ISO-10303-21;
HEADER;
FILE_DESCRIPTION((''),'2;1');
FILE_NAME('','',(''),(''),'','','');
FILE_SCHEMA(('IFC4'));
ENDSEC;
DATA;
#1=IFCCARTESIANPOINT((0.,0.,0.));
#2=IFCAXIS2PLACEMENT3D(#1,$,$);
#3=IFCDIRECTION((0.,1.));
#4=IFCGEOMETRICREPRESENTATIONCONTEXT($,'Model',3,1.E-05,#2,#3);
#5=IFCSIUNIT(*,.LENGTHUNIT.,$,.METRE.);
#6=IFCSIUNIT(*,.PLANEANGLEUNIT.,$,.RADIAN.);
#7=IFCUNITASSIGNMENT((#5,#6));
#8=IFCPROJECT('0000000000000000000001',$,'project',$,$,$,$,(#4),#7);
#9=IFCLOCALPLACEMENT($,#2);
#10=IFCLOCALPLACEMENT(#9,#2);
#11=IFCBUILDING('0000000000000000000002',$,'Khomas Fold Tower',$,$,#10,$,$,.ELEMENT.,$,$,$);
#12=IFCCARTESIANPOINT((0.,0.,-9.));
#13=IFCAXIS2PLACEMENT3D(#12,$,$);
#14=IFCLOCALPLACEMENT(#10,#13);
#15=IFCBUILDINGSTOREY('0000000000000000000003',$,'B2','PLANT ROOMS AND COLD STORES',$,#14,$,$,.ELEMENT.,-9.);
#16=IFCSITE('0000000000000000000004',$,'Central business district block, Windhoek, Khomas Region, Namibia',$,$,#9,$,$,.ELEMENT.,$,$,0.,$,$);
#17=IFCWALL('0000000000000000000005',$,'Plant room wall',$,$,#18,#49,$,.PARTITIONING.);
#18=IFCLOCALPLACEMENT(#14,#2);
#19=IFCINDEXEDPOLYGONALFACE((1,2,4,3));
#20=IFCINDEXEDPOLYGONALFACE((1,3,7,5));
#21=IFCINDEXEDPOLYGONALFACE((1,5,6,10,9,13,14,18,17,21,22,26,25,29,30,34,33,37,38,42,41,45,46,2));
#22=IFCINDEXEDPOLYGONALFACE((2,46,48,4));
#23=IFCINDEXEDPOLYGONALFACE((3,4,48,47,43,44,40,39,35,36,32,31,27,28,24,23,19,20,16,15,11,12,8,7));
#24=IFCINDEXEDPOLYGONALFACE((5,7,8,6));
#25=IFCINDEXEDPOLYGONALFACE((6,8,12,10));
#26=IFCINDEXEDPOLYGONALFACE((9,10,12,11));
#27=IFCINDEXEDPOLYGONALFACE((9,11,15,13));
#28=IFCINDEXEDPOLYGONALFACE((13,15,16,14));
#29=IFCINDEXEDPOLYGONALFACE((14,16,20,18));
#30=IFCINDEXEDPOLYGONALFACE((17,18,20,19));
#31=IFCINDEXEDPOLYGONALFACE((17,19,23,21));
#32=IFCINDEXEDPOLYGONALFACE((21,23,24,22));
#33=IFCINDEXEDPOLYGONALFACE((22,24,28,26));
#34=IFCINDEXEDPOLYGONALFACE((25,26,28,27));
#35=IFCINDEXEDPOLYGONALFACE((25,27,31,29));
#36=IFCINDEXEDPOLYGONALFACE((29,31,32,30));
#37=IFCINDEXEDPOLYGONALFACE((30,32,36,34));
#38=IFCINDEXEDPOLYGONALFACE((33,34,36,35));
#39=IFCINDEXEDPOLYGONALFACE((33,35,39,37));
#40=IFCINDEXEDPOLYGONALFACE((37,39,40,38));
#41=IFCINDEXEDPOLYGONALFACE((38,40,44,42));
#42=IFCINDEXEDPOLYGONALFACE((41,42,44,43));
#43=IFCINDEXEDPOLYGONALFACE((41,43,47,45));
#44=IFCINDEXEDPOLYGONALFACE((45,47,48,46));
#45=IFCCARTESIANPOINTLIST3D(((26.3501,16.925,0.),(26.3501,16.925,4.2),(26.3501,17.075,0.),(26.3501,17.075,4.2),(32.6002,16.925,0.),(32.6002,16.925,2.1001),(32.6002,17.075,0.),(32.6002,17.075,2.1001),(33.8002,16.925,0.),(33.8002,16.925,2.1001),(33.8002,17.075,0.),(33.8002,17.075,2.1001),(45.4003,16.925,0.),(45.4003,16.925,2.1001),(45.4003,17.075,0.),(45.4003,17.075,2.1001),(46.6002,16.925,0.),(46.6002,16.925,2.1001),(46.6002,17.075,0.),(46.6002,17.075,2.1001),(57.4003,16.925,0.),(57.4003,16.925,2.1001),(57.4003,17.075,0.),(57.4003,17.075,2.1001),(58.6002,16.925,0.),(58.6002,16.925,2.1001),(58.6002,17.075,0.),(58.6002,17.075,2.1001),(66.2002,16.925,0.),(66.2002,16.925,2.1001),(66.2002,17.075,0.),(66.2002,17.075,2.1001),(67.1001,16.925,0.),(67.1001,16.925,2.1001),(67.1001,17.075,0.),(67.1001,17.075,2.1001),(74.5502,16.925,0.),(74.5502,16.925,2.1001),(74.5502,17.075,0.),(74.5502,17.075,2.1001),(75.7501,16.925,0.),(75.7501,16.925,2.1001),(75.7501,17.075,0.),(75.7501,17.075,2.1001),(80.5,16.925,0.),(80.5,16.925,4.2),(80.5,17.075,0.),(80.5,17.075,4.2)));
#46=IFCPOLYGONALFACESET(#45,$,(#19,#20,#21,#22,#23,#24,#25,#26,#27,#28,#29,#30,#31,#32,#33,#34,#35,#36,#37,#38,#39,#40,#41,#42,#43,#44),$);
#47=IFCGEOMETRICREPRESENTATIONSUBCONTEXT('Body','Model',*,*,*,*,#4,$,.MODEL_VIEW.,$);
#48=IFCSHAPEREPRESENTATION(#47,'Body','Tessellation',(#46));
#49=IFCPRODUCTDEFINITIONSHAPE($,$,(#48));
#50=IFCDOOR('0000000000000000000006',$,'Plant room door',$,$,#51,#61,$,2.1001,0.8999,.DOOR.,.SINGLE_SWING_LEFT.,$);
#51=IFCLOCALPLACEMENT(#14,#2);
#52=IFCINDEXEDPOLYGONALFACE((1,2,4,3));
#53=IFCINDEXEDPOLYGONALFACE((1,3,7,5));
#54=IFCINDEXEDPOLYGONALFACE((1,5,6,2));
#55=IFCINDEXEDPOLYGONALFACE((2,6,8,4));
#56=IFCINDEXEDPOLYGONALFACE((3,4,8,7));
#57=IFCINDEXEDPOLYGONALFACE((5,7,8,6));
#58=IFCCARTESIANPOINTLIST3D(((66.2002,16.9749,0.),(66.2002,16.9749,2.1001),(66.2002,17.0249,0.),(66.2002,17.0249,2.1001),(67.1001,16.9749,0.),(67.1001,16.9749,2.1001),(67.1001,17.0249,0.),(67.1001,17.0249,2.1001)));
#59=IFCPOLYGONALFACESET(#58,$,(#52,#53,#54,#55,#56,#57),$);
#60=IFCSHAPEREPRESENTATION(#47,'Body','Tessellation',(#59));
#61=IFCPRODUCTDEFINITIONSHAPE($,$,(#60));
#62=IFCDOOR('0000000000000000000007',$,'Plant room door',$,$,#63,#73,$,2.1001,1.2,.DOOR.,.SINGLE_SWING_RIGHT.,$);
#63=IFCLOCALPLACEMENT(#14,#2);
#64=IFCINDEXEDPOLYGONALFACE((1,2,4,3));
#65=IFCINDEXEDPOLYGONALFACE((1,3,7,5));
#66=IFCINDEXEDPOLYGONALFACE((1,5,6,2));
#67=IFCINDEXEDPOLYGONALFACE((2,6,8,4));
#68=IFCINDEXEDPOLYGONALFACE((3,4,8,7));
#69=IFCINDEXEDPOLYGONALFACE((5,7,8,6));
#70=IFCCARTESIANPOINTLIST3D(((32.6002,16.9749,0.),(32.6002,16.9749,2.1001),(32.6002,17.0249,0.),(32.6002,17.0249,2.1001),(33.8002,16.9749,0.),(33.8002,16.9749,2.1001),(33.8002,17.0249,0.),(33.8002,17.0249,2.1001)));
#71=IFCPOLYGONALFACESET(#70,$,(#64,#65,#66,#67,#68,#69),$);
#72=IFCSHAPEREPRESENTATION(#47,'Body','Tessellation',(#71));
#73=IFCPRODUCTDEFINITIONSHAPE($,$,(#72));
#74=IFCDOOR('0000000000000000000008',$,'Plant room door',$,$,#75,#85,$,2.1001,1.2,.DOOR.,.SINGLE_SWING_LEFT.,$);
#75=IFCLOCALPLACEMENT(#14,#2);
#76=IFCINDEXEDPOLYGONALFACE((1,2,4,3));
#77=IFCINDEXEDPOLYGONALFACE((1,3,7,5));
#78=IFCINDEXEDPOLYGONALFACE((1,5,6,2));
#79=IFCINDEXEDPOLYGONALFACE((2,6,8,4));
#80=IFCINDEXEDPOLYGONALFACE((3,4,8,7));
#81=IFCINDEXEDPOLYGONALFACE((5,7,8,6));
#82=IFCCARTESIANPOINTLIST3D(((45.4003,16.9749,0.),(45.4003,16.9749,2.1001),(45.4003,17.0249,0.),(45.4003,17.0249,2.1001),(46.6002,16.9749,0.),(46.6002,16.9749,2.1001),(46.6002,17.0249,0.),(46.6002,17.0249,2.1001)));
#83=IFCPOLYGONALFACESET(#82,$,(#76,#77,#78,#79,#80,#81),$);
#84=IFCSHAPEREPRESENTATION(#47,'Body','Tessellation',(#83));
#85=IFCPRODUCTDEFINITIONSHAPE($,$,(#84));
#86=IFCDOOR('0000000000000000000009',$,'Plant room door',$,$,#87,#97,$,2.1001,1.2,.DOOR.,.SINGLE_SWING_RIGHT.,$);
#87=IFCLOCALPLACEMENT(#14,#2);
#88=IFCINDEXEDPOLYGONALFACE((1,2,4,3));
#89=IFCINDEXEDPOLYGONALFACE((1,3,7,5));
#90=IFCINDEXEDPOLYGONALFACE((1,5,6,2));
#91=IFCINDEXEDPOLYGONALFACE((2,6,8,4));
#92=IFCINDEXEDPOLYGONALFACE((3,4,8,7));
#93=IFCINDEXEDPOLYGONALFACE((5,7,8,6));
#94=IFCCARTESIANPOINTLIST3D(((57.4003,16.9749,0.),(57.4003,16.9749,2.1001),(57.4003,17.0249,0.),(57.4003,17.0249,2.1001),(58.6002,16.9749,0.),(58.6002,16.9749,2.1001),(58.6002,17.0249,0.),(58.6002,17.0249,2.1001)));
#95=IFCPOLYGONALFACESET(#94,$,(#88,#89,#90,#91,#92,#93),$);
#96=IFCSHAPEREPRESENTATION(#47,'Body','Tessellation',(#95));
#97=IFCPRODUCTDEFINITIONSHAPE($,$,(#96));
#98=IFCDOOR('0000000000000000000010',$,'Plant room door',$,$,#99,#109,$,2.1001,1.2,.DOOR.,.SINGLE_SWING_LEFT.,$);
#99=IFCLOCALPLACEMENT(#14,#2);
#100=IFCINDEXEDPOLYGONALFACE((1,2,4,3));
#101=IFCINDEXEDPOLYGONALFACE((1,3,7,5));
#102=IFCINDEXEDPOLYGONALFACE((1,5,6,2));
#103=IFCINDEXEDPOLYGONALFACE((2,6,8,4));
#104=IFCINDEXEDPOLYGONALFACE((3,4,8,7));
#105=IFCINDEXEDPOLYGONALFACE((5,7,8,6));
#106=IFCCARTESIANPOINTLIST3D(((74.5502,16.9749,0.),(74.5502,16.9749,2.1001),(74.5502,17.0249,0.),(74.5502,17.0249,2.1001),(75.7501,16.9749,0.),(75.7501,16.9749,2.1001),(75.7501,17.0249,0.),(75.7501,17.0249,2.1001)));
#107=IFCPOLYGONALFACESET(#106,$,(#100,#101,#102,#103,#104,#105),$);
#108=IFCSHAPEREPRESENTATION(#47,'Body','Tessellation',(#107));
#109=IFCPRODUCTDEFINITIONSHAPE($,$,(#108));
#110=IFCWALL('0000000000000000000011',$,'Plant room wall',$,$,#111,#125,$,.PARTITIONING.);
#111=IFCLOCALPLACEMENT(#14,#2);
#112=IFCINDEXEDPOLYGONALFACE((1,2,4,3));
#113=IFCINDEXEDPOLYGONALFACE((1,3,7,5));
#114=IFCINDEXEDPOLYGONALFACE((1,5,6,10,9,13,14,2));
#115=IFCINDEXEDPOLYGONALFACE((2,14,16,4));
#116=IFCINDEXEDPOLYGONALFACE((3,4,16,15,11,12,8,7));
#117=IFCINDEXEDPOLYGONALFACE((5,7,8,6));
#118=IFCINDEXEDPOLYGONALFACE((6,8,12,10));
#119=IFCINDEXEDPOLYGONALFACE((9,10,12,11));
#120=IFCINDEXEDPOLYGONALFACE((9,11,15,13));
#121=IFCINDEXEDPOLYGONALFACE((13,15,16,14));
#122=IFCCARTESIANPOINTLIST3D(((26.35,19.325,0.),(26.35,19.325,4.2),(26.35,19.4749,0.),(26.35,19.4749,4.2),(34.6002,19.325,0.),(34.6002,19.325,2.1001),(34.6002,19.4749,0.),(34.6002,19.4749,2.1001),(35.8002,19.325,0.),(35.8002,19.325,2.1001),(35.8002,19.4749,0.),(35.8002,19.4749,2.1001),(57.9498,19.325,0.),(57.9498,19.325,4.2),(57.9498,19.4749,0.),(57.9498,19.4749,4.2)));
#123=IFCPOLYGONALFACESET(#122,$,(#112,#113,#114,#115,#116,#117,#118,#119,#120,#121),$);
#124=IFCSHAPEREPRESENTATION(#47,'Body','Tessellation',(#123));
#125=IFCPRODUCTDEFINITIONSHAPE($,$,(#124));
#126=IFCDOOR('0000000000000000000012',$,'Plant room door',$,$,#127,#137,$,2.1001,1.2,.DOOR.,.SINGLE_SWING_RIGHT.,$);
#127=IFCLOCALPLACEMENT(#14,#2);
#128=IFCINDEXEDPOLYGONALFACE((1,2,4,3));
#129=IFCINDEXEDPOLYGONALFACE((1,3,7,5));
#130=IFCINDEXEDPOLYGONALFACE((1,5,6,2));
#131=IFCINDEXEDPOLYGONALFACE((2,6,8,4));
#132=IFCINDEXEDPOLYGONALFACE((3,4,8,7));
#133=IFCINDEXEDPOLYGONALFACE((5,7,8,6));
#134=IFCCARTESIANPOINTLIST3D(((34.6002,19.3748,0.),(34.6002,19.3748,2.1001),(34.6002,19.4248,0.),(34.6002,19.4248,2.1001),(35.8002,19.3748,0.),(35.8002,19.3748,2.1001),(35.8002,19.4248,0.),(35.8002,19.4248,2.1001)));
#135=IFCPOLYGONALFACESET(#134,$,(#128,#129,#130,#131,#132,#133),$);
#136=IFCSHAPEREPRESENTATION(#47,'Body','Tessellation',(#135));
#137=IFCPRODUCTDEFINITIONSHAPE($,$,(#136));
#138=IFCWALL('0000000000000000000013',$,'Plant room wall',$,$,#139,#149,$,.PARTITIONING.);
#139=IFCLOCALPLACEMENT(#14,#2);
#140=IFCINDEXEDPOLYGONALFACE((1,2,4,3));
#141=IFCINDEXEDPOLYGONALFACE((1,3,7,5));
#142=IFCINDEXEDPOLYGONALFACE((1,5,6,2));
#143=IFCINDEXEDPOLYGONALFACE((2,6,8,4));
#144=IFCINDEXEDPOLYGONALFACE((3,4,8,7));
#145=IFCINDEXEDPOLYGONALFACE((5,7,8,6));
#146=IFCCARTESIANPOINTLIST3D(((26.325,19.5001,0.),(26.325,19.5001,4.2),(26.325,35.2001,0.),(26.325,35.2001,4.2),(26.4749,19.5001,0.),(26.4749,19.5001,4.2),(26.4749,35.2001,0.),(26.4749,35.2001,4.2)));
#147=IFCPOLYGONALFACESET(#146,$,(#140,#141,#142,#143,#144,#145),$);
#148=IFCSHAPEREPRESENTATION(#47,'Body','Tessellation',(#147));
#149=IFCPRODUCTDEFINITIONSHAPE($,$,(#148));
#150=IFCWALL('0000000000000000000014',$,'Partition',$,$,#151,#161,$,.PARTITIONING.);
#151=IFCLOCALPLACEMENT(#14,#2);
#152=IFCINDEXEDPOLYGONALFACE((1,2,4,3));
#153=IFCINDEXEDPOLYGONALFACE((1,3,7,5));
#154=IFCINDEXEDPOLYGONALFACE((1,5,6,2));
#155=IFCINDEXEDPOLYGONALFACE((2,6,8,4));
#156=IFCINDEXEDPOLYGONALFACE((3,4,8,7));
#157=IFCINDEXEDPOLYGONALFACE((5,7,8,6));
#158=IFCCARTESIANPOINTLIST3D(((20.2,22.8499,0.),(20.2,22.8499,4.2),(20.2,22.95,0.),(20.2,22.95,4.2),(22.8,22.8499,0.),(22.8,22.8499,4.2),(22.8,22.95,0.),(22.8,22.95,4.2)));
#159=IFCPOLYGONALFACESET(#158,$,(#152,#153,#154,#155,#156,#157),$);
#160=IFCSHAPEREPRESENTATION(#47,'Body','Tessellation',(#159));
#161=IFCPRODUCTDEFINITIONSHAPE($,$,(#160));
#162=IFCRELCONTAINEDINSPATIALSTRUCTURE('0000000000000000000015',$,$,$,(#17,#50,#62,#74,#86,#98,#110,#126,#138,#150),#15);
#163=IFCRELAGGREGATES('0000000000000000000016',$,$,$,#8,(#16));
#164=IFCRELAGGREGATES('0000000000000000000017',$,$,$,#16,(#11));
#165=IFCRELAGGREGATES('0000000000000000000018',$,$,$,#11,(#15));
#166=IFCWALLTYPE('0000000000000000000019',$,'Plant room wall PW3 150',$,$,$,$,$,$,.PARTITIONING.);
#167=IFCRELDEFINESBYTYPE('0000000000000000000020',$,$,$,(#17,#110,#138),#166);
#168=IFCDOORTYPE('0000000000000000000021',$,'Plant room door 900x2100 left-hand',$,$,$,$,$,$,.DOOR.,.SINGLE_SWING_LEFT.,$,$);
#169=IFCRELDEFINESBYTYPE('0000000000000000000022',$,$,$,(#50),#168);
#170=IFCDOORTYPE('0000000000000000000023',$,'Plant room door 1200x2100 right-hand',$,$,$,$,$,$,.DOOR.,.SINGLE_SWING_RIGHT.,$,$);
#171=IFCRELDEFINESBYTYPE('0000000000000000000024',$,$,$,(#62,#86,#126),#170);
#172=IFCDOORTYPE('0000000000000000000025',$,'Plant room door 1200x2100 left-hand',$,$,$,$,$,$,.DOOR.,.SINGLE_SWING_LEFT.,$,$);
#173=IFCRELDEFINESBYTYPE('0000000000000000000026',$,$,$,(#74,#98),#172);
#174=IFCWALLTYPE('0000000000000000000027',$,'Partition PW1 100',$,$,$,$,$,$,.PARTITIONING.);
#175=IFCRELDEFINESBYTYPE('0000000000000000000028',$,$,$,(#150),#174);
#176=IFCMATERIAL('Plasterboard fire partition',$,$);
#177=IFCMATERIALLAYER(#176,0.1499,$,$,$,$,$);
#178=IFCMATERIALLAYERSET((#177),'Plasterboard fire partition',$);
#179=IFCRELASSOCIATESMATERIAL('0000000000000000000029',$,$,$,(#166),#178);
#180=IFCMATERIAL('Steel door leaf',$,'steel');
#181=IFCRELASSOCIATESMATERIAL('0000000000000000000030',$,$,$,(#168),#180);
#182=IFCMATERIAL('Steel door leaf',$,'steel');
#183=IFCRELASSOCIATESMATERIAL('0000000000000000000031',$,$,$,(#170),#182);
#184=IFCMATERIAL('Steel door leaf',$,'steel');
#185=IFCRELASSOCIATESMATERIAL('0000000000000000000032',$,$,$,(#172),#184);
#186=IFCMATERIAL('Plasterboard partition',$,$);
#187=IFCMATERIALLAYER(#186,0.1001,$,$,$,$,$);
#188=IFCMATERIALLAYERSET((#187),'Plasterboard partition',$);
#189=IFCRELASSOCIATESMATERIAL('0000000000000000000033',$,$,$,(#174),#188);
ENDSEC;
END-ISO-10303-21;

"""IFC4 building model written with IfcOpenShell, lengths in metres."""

from ifc_helpers import new_model, si_unit, direction, frame, frame_2d, origin, place, context, subcontext, project, spatial, rectangle, extrude, source, transform, mapped, material, layer, layer_set, type_object, element, fill, save


model = new_model("IFC4")

# Units and contexts
model_context = context("Model", 3, precision=1e-05, world=origin(), true_north=direction((0.0, 1.0)))
body_context = subcontext(model_context, "Body", "Model", "MODEL_VIEW")
ifc_project = project(units=[si_unit("LENGTHUNIT", "METRE"), si_unit("PLANEANGLEUNIT", "RADIAN")], contexts=[model_context])

# Site, building, storey
site_placement = place(None, origin())
site = spatial("IfcSite", under=ifc_project, at=site_placement, Name="Central business district block, Windhoek, Khomas Region, Namibia", CompositionType="ELEMENT", RefElevation=0.0)
building_placement = place(site_placement, origin())
building = spatial("IfcBuilding", under=site, at=building_placement, Name="Khomas Fold Tower", CompositionType="ELEMENT")
storey_placement = place(building_placement, frame((0.0, 0.0, -9.0)))
storey = spatial("IfcBuildingStorey", under=building, at=storey_placement, Name="B2", Description="PLANT ROOMS AND COLD STORES", CompositionType="ELEMENT", Elevation=-9.0)

# Wall, openings, doors
ifc_material_1 = material(Name="Plasterboard fire partition")
ifc_layer_1 = layer(ifc_material_1, 0.1499)
ifc_layer_set_1 = layer_set([ifc_layer_1], Name="Plasterboard fire partition")
wall_type_1 = type_object("IfcWallType", Name="Plant room wall PW3 150", PredefinedType="PARTITIONING", material=ifc_layer_set_1)
shared_shape_1 = source(origin(), body_context, "Body", "SweptSolid", [
    extrude(rectangle(XDim=54.1499, YDim=0.1499, at=frame_2d((27.075, 0.0))), origin(), (0.0, 0.0, 1.0), 4.2),
])
wall_1_placement = place(storey_placement, frame((26.3501, 17.0, 0.0), z_axis=(0.0, 0.0, 1.0), x_axis=(1.0, 0.0, 0.0)))
wall_1 = element("IfcWall", 1, at=wall_1_placement, inside=storey, type_object=wall_type_1, Name="Plant room wall", PredefinedType="PARTITIONING", context=body_context, shape_type="MappedRepresentation", body=[
    mapped(shared_shape_1, transform((0.0, 0.0, 0.0))),
])
shared_shape_2 = source(origin(), body_context, "Body", "SweptSolid", [
    extrude(rectangle(XDim=1.2, YDim=2.1001, at=frame_2d((0.6001, 1.05))), frame((0.0, 0.085, 0.0), z_axis=(0.0, -1.0, 0.0), x_axis=(1.0, 0.0, 0.0)), (0.0, 0.0, 1.0), 0.1699),
])
opening_1_placement = place(wall_1_placement, frame((6.25, 0.0, 0.0)))
opening_1 = element("IfcOpeningElement", 2, at=opening_1_placement, cuts=wall_1, PredefinedType="OPENING", context=body_context, shape_type="MappedRepresentation", body=[
    mapped(shared_shape_2, transform((0.0, 0.0, 0.0))),
])
opening_2_placement = place(wall_1_placement, frame((19.05, 0.0, 0.0)))
opening_2 = element("IfcOpeningElement", 3, at=opening_2_placement, cuts=wall_1, PredefinedType="OPENING", context=body_context, shape_type="MappedRepresentation", body=[
    mapped(shared_shape_2, transform((0.0, 0.0, 0.0))),
])
opening_3_placement = place(wall_1_placement, frame((31.05, 0.0, 0.0)))
opening_3 = element("IfcOpeningElement", 4, at=opening_3_placement, cuts=wall_1, PredefinedType="OPENING", context=body_context, shape_type="MappedRepresentation", body=[
    mapped(shared_shape_2, transform((0.0, 0.0, 0.0))),
])
shared_shape_3 = source(origin(), body_context, "Body", "SweptSolid", [
    extrude(rectangle(XDim=0.8999, YDim=2.1001, at=frame_2d((0.45, 1.05))), frame((0.0, 0.085, 0.0), z_axis=(0.0, -1.0, 0.0), x_axis=(1.0, 0.0, 0.0)), (0.0, 0.0, 1.0), 0.1699),
])
opening_4_placement = place(wall_1_placement, frame((39.8501, 0.0, 0.0)))
opening_4 = element("IfcOpeningElement", 5, at=opening_4_placement, cuts=wall_1, PredefinedType="OPENING", context=body_context, shape_type="MappedRepresentation", body=[
    mapped(shared_shape_3, transform((0.0, 0.0, 0.0))),
])
opening_5_placement = place(wall_1_placement, frame((48.2, 0.0, 0.0)))
opening_5 = element("IfcOpeningElement", 6, at=opening_5_placement, cuts=wall_1, PredefinedType="OPENING", context=body_context, shape_type="MappedRepresentation", body=[
    mapped(shared_shape_2, transform((0.0, 0.0, 0.0))),
])
ifc_material_2 = material(Name="Steel door leaf", Category="steel")
door_type_1 = type_object("IfcDoorType", Name="Plant room door 900x2100 left-hand", OperationType="SINGLE_SWING_LEFT", PredefinedType="DOOR", material=ifc_material_2)
shared_shape_4 = source(origin(), body_context, "Body", "SweptSolid", [
    extrude(rectangle(XDim=0.8999, YDim=2.1001, at=frame_2d((0.45, 1.05))), frame((0.0, 0.0249, 0.0), z_axis=(0.0, -1.0, 0.0), x_axis=(1.0, 0.0, 0.0)), (0.0, 0.0, 1.0), 0.05),
])
door_1_placement = place(opening_4_placement, origin())
door_1 = element("IfcDoor", 7, at=door_1_placement, inside=storey, type_object=door_type_1, Name="Plant room door", OperationType="SINGLE_SWING_LEFT", OverallHeight=2.1001, OverallWidth=0.8999, PredefinedType="DOOR", context=body_context, shape_type="MappedRepresentation", body=[
    mapped(shared_shape_4, transform((0.0, 0.0, 0.0))),
])
fill(opening_4, door_1)
ifc_material_3 = material(Name="Steel door leaf", Category="steel")
door_type_2 = type_object("IfcDoorType", Name="Plant room door 1200x2100 right-hand", OperationType="SINGLE_SWING_RIGHT", PredefinedType="DOOR", material=ifc_material_3)
shared_shape_5 = source(origin(), body_context, "Body", "SweptSolid", [
    extrude(rectangle(XDim=1.2, YDim=2.1001, at=frame_2d((0.6001, 1.05))), frame((0.0, 0.0249, 0.0), z_axis=(0.0, -1.0, 0.0), x_axis=(1.0, 0.0, 0.0)), (0.0, 0.0, 1.0), 0.05),
])
door_2_placement = place(opening_1_placement, origin())
door_2 = element("IfcDoor", 8, at=door_2_placement, inside=storey, type_object=door_type_2, Name="Plant room door", OperationType="SINGLE_SWING_RIGHT", OverallHeight=2.1001, OverallWidth=1.2, PredefinedType="DOOR", context=body_context, shape_type="MappedRepresentation", body=[
    mapped(shared_shape_5, transform((0.0, 0.0, 0.0))),
])
fill(opening_1, door_2)
ifc_material_4 = material(Name="Steel door leaf", Category="steel")
door_type_3 = type_object("IfcDoorType", Name="Plant room door 1200x2100 left-hand", OperationType="SINGLE_SWING_LEFT", PredefinedType="DOOR", material=ifc_material_4)
door_3_placement = place(opening_2_placement, origin())
door_3 = element("IfcDoor", 9, at=door_3_placement, inside=storey, type_object=door_type_3, Name="Plant room door", OperationType="SINGLE_SWING_LEFT", OverallHeight=2.1001, OverallWidth=1.2, PredefinedType="DOOR", context=body_context, shape_type="MappedRepresentation", body=[
    mapped(shared_shape_5, transform((0.0, 0.0, 0.0))),
])
fill(opening_2, door_3)
door_4_placement = place(opening_3_placement, origin())
door_4 = element("IfcDoor", 10, at=door_4_placement, inside=storey, type_object=door_type_2, Name="Plant room door", OperationType="SINGLE_SWING_RIGHT", OverallHeight=2.1001, OverallWidth=1.2, PredefinedType="DOOR", context=body_context, shape_type="MappedRepresentation", body=[
    mapped(shared_shape_5, transform((0.0, 0.0, 0.0))),
])
fill(opening_3, door_4)
door_5_placement = place(opening_5_placement, origin())
door_5 = element("IfcDoor", 11, at=door_5_placement, inside=storey, type_object=door_type_3, Name="Plant room door", OperationType="SINGLE_SWING_LEFT", OverallHeight=2.1001, OverallWidth=1.2, PredefinedType="DOOR", context=body_context, shape_type="MappedRepresentation", body=[
    mapped(shared_shape_5, transform((0.0, 0.0, 0.0))),
])
fill(opening_5, door_5)

# Wall, opening, door
shared_shape_6 = source(origin(), body_context, "Body", "SweptSolid", [
    extrude(rectangle(XDim=31.5999, YDim=0.1499, at=frame_2d((15.7998, 0.0))), origin(), (0.0, 0.0, 1.0), 4.2),
])
wall_2_placement = place(storey_placement, frame((26.3501, 19.3999, 0.0), z_axis=(0.0, 0.0, 1.0), x_axis=(1.0, 0.0, 0.0)))
wall_2 = element("IfcWall", 12, at=wall_2_placement, inside=storey, type_object=wall_type_1, Name="Plant room wall", PredefinedType="PARTITIONING", context=body_context, shape_type="MappedRepresentation", body=[
    mapped(shared_shape_6, transform((0.0, 0.0, 0.0))),
])
opening_6_placement = place(wall_2_placement, frame((8.25, 0.0, 0.0)))
opening_6 = element("IfcOpeningElement", 13, at=opening_6_placement, cuts=wall_2, PredefinedType="OPENING", context=body_context, shape_type="MappedRepresentation", body=[
    mapped(shared_shape_2, transform((0.0, 0.0, 0.0))),
])
door_6_placement = place(opening_6_placement, origin())
door_6 = element("IfcDoor", 14, at=door_6_placement, inside=storey, type_object=door_type_2, Name="Plant room door", OperationType="SINGLE_SWING_RIGHT", OverallHeight=2.1001, OverallWidth=1.2, PredefinedType="DOOR", context=body_context, shape_type="MappedRepresentation", body=[
    mapped(shared_shape_5, transform((0.0, 0.0, 0.0))),
])
fill(opening_6, door_6)

# Walls
shared_shape_7 = source(origin(), body_context, "Body", "SweptSolid", [
    extrude(rectangle(XDim=15.7, YDim=0.1499, at=frame_2d((7.8501, 0.0))), origin(), (0.0, 0.0, 1.0), 4.2),
])
wall_3_placement = place(storey_placement, frame((26.3999, 19.5, 0.0), z_axis=(0.0, 0.0, 1.0), x_axis=(0.0, 1.0, 0.0)))
element("IfcWall", 15, at=wall_3_placement, inside=storey, type_object=wall_type_1, Name="Plant room wall", PredefinedType="PARTITIONING", context=body_context, shape_type="MappedRepresentation", body=[
    mapped(shared_shape_7, transform((0.0, 0.0, 0.0))),
])
ifc_material_5 = material(Name="Plasterboard partition")
ifc_layer_2 = layer(ifc_material_5, 0.1001)
ifc_layer_set_2 = layer_set([ifc_layer_2], Name="Plasterboard partition")
wall_type_2 = type_object("IfcWallType", Name="Partition PW1 100", PredefinedType="PARTITIONING", material=ifc_layer_set_2)
shared_shape_8 = source(origin(), body_context, "Body", "SweptSolid", [
    extrude(rectangle(XDim=2.6001, YDim=0.1001, at=frame_2d((1.3, 0.0))), origin(), (0.0, 0.0, 1.0), 4.2),
])
wall_4_placement = place(storey_placement, frame((20.2, 22.8999, 0.0), z_axis=(0.0, 0.0, 1.0), x_axis=(1.0, 0.0, 0.0)))
element("IfcWall", 16, at=wall_4_placement, inside=storey, type_object=wall_type_2, Name="Partition", PredefinedType="PARTITIONING", context=body_context, shape_type="MappedRepresentation", body=[
    mapped(shared_shape_8, transform((0.0, 0.0, 0.0))),
])

save(model, "model.ifc")
